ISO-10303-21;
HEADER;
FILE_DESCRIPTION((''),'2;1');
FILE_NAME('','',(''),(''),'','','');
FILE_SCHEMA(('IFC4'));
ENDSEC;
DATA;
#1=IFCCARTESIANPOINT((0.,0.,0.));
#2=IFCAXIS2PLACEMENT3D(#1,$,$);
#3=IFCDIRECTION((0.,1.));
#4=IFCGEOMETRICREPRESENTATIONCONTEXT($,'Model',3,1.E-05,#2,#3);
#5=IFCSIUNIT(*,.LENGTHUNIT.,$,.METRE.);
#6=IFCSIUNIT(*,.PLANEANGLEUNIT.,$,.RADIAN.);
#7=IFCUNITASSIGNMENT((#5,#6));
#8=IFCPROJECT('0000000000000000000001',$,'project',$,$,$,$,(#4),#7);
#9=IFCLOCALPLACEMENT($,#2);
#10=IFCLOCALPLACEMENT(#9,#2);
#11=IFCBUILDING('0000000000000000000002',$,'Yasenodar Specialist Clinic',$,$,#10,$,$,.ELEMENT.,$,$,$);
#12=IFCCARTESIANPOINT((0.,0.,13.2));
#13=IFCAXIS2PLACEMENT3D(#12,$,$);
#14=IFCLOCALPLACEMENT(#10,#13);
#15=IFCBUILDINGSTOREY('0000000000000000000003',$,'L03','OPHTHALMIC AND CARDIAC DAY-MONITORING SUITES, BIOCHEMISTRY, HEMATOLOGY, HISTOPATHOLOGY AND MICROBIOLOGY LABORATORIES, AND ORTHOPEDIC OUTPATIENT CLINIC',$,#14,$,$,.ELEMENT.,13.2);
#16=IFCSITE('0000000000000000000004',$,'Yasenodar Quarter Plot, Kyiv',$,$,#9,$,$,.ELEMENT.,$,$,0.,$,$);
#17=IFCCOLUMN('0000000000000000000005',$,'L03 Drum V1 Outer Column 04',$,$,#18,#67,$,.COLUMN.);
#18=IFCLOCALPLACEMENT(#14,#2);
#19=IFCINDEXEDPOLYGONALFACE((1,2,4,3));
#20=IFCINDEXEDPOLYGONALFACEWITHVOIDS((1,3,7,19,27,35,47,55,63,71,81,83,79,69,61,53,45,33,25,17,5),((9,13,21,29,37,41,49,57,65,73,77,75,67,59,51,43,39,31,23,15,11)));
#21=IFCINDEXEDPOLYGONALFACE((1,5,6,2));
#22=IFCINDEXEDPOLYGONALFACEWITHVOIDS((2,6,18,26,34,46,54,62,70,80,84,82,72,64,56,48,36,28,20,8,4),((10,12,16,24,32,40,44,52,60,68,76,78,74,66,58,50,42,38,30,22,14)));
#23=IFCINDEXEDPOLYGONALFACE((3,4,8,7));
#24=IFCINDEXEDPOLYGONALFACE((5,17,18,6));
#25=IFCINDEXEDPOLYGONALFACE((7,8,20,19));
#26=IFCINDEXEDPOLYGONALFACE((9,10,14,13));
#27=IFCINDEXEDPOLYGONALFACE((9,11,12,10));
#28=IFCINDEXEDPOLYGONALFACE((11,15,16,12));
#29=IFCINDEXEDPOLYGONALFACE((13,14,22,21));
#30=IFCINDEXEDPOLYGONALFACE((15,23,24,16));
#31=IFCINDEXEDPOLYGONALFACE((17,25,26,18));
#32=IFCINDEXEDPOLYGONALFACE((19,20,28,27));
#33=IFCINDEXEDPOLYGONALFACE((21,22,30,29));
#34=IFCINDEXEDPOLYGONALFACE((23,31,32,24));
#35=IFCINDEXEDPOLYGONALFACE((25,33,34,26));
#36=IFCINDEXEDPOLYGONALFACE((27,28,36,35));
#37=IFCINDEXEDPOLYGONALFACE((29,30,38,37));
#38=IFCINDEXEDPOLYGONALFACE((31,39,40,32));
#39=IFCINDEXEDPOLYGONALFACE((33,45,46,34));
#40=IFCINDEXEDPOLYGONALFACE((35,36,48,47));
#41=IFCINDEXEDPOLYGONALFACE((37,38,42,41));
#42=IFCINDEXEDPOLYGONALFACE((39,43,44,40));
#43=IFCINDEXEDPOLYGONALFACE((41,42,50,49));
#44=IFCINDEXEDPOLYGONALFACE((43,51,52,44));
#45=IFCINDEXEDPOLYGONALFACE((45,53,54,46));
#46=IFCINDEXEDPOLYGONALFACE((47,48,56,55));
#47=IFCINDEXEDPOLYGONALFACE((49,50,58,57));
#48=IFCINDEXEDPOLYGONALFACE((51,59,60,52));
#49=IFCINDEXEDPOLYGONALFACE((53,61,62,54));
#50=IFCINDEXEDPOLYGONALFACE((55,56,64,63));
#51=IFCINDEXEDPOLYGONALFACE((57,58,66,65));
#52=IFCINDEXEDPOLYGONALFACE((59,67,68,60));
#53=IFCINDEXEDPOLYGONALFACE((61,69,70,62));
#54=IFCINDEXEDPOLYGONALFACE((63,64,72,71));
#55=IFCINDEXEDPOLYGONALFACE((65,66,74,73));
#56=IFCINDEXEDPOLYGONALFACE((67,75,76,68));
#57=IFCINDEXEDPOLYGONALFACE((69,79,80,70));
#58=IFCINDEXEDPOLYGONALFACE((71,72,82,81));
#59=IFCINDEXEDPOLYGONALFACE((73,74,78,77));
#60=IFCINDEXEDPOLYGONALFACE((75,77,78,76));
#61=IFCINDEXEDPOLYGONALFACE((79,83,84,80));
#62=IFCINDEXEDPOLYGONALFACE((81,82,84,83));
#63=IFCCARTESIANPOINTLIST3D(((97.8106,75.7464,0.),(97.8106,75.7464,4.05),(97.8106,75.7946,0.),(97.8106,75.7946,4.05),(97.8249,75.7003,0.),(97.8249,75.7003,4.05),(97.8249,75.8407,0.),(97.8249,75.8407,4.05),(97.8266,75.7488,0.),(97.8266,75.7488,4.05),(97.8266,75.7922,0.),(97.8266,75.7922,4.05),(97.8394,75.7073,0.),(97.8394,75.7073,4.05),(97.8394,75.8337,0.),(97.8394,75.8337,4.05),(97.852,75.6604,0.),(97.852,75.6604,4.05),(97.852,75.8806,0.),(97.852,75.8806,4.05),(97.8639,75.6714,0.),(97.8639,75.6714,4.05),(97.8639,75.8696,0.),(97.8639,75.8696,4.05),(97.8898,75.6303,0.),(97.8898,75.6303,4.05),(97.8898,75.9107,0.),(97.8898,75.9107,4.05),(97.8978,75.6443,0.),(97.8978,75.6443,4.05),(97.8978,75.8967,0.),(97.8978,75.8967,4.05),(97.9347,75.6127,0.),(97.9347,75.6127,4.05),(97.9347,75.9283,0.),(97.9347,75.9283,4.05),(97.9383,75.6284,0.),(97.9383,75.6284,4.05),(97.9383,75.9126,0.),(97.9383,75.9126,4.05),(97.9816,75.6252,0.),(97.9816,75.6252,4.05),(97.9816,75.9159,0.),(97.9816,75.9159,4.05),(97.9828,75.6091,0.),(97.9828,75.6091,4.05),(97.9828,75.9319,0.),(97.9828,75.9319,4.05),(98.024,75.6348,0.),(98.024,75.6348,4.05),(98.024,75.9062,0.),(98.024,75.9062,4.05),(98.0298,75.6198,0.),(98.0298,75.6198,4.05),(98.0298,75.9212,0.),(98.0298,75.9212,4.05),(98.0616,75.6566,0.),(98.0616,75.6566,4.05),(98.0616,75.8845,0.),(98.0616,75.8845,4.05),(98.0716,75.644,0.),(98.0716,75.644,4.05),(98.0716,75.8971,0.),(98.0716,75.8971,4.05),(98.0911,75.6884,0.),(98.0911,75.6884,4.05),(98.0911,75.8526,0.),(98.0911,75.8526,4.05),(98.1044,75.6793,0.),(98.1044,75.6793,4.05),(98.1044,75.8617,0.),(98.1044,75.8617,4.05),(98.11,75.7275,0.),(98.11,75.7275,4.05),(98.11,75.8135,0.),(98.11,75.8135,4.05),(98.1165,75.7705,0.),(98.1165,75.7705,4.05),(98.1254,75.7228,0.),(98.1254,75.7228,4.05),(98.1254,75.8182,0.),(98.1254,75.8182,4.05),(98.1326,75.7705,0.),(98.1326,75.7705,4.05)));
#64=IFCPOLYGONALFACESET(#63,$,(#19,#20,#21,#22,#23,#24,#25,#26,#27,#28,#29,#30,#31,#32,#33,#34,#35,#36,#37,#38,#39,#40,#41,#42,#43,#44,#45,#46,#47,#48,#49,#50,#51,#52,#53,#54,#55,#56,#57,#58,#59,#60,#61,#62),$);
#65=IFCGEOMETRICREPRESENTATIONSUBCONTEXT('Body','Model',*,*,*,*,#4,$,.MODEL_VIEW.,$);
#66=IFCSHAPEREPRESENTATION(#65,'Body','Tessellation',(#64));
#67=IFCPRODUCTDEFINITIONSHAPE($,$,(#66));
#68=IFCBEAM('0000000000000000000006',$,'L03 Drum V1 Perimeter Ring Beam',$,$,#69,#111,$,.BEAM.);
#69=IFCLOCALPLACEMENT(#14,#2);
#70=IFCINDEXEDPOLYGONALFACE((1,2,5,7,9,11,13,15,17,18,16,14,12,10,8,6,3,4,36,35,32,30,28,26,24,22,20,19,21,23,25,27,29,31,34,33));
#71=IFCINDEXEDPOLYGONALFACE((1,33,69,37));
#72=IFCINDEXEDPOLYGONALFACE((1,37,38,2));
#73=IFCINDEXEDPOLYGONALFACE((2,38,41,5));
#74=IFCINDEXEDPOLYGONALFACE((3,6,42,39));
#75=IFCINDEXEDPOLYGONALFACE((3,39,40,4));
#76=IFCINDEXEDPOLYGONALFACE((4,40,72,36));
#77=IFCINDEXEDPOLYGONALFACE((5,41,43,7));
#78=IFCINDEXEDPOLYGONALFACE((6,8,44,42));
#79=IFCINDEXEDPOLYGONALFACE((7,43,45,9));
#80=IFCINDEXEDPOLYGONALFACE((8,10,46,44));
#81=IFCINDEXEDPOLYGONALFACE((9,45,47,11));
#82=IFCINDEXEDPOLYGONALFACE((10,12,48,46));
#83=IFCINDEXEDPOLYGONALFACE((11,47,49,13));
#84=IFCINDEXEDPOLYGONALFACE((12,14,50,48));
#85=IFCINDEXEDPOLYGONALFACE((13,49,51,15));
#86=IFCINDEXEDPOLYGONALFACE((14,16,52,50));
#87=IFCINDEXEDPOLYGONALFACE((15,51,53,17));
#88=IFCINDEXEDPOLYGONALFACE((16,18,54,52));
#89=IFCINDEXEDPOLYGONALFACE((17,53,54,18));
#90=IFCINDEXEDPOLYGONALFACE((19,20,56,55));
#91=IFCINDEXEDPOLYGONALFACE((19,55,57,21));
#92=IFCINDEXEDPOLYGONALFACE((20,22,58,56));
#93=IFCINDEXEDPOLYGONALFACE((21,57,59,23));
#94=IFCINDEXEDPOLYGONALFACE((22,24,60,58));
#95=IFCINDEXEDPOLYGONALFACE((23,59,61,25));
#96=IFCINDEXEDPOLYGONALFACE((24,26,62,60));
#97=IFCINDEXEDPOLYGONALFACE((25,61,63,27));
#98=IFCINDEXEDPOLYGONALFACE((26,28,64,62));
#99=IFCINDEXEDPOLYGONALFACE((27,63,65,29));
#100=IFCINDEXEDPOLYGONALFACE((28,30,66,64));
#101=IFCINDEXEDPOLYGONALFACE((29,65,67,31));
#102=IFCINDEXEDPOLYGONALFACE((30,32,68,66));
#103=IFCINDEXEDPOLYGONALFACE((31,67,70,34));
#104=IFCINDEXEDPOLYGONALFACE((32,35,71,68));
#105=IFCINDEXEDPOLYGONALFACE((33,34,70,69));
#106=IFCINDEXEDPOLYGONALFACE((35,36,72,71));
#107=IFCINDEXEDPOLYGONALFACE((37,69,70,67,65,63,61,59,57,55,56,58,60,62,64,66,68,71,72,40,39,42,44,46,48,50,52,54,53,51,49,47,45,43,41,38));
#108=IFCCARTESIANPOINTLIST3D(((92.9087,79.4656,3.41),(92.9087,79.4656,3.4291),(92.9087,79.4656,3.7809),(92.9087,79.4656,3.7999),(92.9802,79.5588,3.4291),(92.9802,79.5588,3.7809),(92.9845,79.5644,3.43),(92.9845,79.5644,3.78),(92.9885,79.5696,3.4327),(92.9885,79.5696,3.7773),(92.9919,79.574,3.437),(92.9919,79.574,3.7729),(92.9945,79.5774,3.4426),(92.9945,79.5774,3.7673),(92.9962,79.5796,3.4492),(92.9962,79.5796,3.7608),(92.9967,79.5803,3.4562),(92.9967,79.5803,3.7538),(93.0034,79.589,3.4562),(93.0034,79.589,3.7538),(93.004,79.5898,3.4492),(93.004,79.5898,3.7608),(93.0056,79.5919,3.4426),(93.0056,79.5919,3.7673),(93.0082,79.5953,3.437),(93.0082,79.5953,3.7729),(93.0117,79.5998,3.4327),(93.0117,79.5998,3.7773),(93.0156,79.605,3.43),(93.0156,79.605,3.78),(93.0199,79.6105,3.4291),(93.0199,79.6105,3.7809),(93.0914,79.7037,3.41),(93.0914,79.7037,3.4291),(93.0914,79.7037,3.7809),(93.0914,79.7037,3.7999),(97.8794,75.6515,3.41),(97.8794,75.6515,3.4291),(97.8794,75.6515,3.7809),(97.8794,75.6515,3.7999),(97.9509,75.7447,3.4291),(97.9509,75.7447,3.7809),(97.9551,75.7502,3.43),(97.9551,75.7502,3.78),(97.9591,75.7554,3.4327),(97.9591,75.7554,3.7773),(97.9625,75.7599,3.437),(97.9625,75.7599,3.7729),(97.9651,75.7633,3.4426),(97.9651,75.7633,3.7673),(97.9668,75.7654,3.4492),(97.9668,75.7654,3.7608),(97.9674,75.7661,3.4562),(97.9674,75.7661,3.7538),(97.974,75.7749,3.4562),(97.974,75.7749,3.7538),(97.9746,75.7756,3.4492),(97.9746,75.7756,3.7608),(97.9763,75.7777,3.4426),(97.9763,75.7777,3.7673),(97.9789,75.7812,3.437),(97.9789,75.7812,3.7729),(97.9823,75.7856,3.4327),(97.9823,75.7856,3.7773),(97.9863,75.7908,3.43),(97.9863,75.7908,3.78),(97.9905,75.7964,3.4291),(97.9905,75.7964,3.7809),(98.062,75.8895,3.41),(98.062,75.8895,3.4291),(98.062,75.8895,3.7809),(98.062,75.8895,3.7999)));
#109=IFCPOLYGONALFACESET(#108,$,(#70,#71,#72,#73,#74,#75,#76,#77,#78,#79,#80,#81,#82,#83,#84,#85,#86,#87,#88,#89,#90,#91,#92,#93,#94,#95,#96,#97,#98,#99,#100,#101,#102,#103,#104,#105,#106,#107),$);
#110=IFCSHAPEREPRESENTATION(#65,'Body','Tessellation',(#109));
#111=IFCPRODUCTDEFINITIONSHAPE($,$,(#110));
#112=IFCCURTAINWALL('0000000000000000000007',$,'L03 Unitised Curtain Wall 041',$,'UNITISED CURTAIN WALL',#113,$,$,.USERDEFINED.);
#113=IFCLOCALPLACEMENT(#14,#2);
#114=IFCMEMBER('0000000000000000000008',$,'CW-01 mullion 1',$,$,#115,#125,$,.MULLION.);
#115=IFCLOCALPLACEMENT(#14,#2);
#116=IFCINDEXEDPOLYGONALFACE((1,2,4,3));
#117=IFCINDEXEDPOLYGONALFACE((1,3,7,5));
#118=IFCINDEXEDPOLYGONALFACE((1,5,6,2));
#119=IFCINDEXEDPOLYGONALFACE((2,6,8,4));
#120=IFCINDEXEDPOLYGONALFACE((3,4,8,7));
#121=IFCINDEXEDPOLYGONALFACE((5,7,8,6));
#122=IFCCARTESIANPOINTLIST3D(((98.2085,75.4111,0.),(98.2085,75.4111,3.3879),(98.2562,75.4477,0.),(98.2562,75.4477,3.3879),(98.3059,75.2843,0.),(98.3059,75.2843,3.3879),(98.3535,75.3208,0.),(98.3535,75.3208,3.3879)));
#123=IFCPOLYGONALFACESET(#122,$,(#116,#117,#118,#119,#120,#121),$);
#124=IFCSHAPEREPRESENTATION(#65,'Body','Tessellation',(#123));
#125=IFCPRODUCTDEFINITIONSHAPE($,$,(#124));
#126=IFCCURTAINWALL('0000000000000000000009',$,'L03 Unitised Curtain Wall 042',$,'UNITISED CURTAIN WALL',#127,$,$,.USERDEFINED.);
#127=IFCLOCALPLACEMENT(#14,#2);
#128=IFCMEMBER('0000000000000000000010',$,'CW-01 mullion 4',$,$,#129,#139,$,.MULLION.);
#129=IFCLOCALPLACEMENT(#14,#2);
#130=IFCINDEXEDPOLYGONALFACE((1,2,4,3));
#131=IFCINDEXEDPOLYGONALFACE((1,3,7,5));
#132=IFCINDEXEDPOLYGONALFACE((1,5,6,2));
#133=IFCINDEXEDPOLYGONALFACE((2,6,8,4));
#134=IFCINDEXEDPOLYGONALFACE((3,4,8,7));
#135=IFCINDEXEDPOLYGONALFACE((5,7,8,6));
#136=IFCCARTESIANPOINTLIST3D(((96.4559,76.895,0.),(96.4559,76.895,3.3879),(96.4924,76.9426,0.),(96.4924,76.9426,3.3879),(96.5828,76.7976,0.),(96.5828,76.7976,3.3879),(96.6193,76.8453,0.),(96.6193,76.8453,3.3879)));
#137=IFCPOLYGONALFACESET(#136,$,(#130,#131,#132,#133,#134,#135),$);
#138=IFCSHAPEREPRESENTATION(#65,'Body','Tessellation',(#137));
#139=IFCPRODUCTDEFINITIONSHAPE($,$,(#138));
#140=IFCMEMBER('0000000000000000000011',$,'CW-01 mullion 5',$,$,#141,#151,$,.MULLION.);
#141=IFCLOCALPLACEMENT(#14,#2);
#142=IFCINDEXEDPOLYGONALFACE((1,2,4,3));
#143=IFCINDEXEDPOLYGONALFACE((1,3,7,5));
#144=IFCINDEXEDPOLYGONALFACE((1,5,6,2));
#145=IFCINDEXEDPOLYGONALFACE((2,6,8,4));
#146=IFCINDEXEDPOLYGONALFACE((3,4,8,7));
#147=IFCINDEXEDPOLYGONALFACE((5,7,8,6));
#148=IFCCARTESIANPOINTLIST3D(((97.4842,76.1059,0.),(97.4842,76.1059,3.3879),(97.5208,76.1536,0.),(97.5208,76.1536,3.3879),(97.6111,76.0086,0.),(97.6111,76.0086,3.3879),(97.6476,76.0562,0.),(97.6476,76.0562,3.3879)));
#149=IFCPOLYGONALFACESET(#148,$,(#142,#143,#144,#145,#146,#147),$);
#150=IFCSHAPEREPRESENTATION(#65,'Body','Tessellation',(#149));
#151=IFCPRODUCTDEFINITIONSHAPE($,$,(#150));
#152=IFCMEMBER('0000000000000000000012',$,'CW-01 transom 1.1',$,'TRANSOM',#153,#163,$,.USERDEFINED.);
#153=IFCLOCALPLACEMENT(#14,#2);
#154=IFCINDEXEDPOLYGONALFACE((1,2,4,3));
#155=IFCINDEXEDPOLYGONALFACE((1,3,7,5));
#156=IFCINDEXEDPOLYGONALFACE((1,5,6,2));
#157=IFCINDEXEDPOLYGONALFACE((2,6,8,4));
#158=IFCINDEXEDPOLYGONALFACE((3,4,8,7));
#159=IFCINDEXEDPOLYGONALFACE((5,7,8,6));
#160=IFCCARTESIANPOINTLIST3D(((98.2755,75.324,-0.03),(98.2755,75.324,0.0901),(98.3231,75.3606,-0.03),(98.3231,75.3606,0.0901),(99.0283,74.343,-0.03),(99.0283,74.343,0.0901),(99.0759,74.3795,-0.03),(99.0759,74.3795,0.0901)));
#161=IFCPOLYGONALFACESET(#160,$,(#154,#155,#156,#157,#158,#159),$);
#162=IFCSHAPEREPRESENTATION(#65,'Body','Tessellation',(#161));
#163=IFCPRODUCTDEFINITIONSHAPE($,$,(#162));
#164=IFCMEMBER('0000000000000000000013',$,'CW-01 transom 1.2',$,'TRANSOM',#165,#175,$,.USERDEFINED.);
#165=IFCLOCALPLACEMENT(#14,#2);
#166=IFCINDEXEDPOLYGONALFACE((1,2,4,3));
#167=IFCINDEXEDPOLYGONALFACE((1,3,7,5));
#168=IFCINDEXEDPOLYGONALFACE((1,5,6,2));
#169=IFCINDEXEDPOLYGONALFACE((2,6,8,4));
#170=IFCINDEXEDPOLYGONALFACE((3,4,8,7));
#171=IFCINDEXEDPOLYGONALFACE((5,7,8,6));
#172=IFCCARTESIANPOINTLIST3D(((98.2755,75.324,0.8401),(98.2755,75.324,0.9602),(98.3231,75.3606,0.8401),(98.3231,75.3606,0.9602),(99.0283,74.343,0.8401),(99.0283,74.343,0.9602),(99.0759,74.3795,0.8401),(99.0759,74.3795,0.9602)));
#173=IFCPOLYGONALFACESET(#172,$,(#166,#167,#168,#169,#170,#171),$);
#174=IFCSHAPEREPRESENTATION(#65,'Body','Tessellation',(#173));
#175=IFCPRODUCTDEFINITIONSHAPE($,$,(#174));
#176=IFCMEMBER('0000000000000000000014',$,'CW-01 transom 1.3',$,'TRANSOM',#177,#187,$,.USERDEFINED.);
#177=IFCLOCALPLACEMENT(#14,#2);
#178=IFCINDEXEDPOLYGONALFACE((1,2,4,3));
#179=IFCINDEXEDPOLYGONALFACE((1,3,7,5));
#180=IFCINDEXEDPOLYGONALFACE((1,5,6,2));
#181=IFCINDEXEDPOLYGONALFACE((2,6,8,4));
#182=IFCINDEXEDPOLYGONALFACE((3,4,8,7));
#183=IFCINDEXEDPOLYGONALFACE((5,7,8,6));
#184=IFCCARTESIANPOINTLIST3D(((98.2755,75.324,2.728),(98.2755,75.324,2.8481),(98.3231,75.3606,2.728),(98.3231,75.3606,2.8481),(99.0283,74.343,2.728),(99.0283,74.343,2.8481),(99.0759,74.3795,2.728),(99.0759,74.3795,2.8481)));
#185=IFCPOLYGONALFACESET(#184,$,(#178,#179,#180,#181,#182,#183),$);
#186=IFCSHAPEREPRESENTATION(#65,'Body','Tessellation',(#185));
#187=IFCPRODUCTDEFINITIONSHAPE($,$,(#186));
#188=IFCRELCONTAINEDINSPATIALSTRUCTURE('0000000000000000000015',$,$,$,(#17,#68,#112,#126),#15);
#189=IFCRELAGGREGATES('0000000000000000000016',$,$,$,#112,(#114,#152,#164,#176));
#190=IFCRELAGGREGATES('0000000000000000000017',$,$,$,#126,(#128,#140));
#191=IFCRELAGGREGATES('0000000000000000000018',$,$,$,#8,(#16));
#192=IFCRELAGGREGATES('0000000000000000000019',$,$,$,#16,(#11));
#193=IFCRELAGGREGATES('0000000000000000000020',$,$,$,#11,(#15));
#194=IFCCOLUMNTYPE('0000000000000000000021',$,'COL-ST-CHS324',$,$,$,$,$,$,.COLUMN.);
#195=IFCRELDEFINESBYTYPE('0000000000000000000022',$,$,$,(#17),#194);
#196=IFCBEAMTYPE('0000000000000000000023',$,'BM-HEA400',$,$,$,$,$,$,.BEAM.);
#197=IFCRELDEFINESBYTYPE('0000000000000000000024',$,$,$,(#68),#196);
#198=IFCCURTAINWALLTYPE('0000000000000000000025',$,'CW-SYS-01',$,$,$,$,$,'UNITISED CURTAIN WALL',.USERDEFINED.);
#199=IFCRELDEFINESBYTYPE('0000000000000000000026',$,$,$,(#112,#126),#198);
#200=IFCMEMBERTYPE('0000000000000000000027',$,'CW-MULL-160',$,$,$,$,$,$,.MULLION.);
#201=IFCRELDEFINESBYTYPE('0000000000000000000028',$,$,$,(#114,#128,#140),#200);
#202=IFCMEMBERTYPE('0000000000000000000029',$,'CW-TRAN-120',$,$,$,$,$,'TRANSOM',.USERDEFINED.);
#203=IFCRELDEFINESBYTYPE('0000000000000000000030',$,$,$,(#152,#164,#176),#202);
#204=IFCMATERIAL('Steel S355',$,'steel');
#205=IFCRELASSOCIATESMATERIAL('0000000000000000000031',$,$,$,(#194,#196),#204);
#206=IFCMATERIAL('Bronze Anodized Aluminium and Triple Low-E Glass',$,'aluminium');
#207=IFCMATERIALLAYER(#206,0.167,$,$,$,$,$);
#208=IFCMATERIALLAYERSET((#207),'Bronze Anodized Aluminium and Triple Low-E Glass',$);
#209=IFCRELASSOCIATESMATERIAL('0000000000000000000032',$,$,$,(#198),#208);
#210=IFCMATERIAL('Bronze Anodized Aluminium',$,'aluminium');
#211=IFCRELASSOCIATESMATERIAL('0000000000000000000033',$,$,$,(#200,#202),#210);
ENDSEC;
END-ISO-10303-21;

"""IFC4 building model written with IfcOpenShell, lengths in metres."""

from ifc_helpers import new_model, si_unit, direction, frame, origin, origin_2d, place, context, subcontext, project, spatial, rectangle, hollow_circle, i_section, extrude, material, layer, layer_set, material_profile, profile_set, type_object, element, aggregate, save


model = new_model("IFC4")

# Units and contexts
model_context = context("Model", 3, precision=1e-05, world=origin(), true_north=direction((0.0, 1.0)))
body_context = subcontext(model_context, "Body", "Model", "MODEL_VIEW")
ifc_project = project(units=[si_unit("LENGTHUNIT", "METRE"), si_unit("PLANEANGLEUNIT", "RADIAN")], contexts=[model_context])

# Site, building, storey
site_placement = place(None, origin())
site = spatial("IfcSite", under=ifc_project, at=site_placement, Name="Yasenodar Quarter Plot, Kyiv", CompositionType="ELEMENT", RefElevation=0.0)
building_placement = place(site_placement, origin())
building = spatial("IfcBuilding", under=site, at=building_placement, Name="Yasenodar Specialist Clinic", CompositionType="ELEMENT")
storey_placement = place(building_placement, frame((0.0, 0.0, 13.2)))
storey = spatial("IfcBuildingStorey", under=building, at=storey_placement, Name="L03", Description="OPHTHALMIC AND CARDIAC DAY-MONITORING SUITES, BIOCHEMISTRY, HEMATOLOGY, HISTOPATHOLOGY AND MICROBIOLOGY LABORATORIES, AND ORTHOPEDIC OUTPATIENT CLINIC", CompositionType="ELEMENT", Elevation=13.2)

# Column
ifc_material_1 = material(Name="Steel S355", Category="steel")
ifc_material_profile_1 = material_profile(ifc_material_1, hollow_circle(Radius=0.1619, WallThickness=0.0161, at=origin_2d()), Name="CHS 323.9x16")
ifc_profile_set_1 = profile_set([ifc_material_profile_1], Name="Steel S355")
column_type = type_object("IfcColumnType", Name="COL-ST-CHS324", PredefinedType="COLUMN", material=ifc_profile_set_1)
column_placement = place(storey_placement, frame((97.9707, 75.7705, 0.0), z_axis=(0.0, 0.0, 1.0), x_axis=(1.0, 0.0, 0.0)))
element("IfcColumn", 1, at=column_placement, inside=storey, type_object=column_type, Name="L03 Drum V1 Outer Column 04", PredefinedType="COLUMN", context=body_context, shape_type="SweptSolid", body=[
    extrude(hollow_circle(Radius=0.1619, WallThickness=0.0161, at=origin_2d()), origin(), (0.0, 0.0, 1.0), 4.05),
])

# Beam
ifc_material_profile_2 = material_profile(ifc_material_1, i_section(OverallWidth=0.3, OverallDepth=0.3899, WebThickness=0.011, FlangeThickness=0.019, FilletRadius=0.0271, at=origin_2d()), Name="HEA 400")
ifc_profile_set_2 = profile_set([ifc_material_profile_2], Name="Steel S355")
beam_type = type_object("IfcBeamType", Name="BM-HEA400", PredefinedType="BEAM", material=ifc_profile_set_2)
beam_placement = place(storey_placement, frame((97.9707, 75.7705, 3.605), z_axis=(-0.793349, 0.608767, 0.0), x_axis=(-0.608767, -0.793349, 0.0)))
element("IfcBeam", 2, at=beam_placement, inside=storey, type_object=beam_type, Name="L03 Drum V1 Perimeter Ring Beam", PredefinedType="BEAM", context=body_context, shape_type="SweptSolid", body=[
    extrude(i_section(OverallWidth=0.3, OverallDepth=0.3899, WebThickness=0.011, FlangeThickness=0.019, FilletRadius=0.0271, at=origin_2d()), origin(), (0.0, 0.0, 1.0), 6.2654),
])

# Curtain wall, member
ifc_material_2 = material(Name="Bronze Anodized Aluminium and Triple Low-E Glass", Category="aluminium")
ifc_layer_1 = layer(ifc_material_2, 0.167)
ifc_layer_set_1 = layer_set([ifc_layer_1], Name="Bronze Anodized Aluminium and Triple Low-E Glass")
curtain_wall_type = type_object("IfcCurtainWallType", Name="CW-SYS-01", ElementType="UNITISED CURTAIN WALL", PredefinedType="USERDEFINED", material=ifc_layer_set_1)
curtain_wall_1_placement = place(storey_placement, origin())
curtain_wall_1 = element("IfcCurtainWall", 3, at=curtain_wall_1_placement, inside=storey, type_object=curtain_wall_type, Name="L03 Unitised Curtain Wall 041", ObjectType="UNITISED CURTAIN WALL", PredefinedType="USERDEFINED")
ifc_material_3 = material(Name="Bronze Anodized Aluminium", Category="aluminium")
ifc_material_profile_3 = material_profile(ifc_material_3, rectangle(XDim=0.0601, YDim=0.1599, at=origin_2d()), Name="CW-MULL 60x160")
ifc_profile_set_3 = profile_set([ifc_material_profile_3], Name="Bronze Anodized Aluminium")
member_type_1 = type_object("IfcMemberType", Name="CW-MULL-160", PredefinedType="MULLION", material=ifc_profile_set_3)
member_1_placement = place(storey_placement, frame((98.281, 75.366, 0.0), z_axis=(0.0, 0.0, 1.0), x_axis=(0.793361, 0.608752, 0.0)))
member_1 = element("IfcMember", 4, at=member_1_placement, type_object=member_type_1, Name="CW-01 mullion 1", PredefinedType="MULLION", context=body_context, shape_type="SweptSolid", body=[
    extrude(rectangle(XDim=0.0601, YDim=0.1599, at=origin_2d()), origin(), (0.0, 0.0, 1.0), 3.3879),
])

# Curtain wall, members
curtain_wall_2_placement = place(storey_placement, origin())
curtain_wall_2 = element("IfcCurtainWall", 5, at=curtain_wall_2_placement, inside=storey, type_object=curtain_wall_type, Name="L03 Unitised Curtain Wall 042", ObjectType="UNITISED CURTAIN WALL", PredefinedType="USERDEFINED")
member_2_placement = place(storey_placement, frame((96.5376, 76.8701, 0.0), z_axis=(0.0, 0.0, 1.0), x_axis=(0.608752, 0.793361, 0.0)))
member_2 = element("IfcMember", 6, at=member_2_placement, type_object=member_type_1, Name="CW-01 mullion 4", PredefinedType="MULLION", context=body_context, shape_type="SweptSolid", body=[
    extrude(rectangle(XDim=0.0601, YDim=0.1599, at=origin_2d()), origin(), (0.0, 0.0, 1.0), 3.3879),
])
member_3_placement = place(storey_placement, frame((97.5659, 76.0811, 0.0), z_axis=(0.0, 0.0, 1.0), x_axis=(0.608752, 0.793361, 0.0)))
member_3 = element("IfcMember", 7, at=member_3_placement, type_object=member_type_1, Name="CW-01 mullion 5", PredefinedType="MULLION", context=body_context, shape_type="SweptSolid", body=[
    extrude(rectangle(XDim=0.0601, YDim=0.1599, at=origin_2d()), origin(), (0.0, 0.0, 1.0), 3.3879),
])

# Members
ifc_material_profile_4 = material_profile(ifc_material_3, rectangle(XDim=0.0601, YDim=0.1201, at=origin_2d()), Name="CW-TRAN 60x120")
ifc_profile_set_4 = profile_set([ifc_material_profile_4], Name="Bronze Anodized Aluminium")
member_type_2 = type_object("IfcMemberType", Name="CW-TRAN-120", ElementType="TRANSOM", PredefinedType="USERDEFINED", material=ifc_profile_set_4)
member_4_placement = place(storey_placement, frame((98.2993, 75.3423, 0.03), z_axis=(0.608747, -0.793365, 0.0), x_axis=(0.793365, 0.608747, 0.0)))
member_4 = element("IfcMember", 8, at=member_4_placement, type_object=member_type_2, Name="CW-01 transom 1.1", ObjectType="TRANSOM", PredefinedType="USERDEFINED", context=body_context, shape_type="SweptSolid", body=[
    extrude(rectangle(XDim=0.0601, YDim=0.1201, at=origin_2d()), origin(), (0.0, 0.0, 1.0), 1.2366),
])
member_5_placement = place(storey_placement, frame((98.2993, 75.3423, 0.9001), z_axis=(0.608747, -0.793365, 0.0), x_axis=(0.793365, 0.608747, 0.0)))
member_5 = element("IfcMember", 9, at=member_5_placement, type_object=member_type_2, Name="CW-01 transom 1.2", ObjectType="TRANSOM", PredefinedType="USERDEFINED", context=body_context, shape_type="SweptSolid", body=[
    extrude(rectangle(XDim=0.0601, YDim=0.1201, at=origin_2d()), origin(), (0.0, 0.0, 1.0), 1.2366),
])
member_6_placement = place(storey_placement, frame((98.2993, 75.3423, 2.7881), z_axis=(0.608747, -0.793365, 0.0), x_axis=(0.793365, 0.608747, 0.0)))
member_6 = element("IfcMember", 10, at=member_6_placement, type_object=member_type_2, Name="CW-01 transom 1.3", ObjectType="TRANSOM", PredefinedType="USERDEFINED", context=body_context, shape_type="SweptSolid", body=[
    extrude(rectangle(XDim=0.0601, YDim=0.1201, at=origin_2d()), origin(), (0.0, 0.0, 1.0), 1.2366),
])

aggregate(curtain_wall_1, [member_1, member_4, member_5, member_6])
aggregate(curtain_wall_2, [member_2, member_3])

save(model, "model.ifc")
